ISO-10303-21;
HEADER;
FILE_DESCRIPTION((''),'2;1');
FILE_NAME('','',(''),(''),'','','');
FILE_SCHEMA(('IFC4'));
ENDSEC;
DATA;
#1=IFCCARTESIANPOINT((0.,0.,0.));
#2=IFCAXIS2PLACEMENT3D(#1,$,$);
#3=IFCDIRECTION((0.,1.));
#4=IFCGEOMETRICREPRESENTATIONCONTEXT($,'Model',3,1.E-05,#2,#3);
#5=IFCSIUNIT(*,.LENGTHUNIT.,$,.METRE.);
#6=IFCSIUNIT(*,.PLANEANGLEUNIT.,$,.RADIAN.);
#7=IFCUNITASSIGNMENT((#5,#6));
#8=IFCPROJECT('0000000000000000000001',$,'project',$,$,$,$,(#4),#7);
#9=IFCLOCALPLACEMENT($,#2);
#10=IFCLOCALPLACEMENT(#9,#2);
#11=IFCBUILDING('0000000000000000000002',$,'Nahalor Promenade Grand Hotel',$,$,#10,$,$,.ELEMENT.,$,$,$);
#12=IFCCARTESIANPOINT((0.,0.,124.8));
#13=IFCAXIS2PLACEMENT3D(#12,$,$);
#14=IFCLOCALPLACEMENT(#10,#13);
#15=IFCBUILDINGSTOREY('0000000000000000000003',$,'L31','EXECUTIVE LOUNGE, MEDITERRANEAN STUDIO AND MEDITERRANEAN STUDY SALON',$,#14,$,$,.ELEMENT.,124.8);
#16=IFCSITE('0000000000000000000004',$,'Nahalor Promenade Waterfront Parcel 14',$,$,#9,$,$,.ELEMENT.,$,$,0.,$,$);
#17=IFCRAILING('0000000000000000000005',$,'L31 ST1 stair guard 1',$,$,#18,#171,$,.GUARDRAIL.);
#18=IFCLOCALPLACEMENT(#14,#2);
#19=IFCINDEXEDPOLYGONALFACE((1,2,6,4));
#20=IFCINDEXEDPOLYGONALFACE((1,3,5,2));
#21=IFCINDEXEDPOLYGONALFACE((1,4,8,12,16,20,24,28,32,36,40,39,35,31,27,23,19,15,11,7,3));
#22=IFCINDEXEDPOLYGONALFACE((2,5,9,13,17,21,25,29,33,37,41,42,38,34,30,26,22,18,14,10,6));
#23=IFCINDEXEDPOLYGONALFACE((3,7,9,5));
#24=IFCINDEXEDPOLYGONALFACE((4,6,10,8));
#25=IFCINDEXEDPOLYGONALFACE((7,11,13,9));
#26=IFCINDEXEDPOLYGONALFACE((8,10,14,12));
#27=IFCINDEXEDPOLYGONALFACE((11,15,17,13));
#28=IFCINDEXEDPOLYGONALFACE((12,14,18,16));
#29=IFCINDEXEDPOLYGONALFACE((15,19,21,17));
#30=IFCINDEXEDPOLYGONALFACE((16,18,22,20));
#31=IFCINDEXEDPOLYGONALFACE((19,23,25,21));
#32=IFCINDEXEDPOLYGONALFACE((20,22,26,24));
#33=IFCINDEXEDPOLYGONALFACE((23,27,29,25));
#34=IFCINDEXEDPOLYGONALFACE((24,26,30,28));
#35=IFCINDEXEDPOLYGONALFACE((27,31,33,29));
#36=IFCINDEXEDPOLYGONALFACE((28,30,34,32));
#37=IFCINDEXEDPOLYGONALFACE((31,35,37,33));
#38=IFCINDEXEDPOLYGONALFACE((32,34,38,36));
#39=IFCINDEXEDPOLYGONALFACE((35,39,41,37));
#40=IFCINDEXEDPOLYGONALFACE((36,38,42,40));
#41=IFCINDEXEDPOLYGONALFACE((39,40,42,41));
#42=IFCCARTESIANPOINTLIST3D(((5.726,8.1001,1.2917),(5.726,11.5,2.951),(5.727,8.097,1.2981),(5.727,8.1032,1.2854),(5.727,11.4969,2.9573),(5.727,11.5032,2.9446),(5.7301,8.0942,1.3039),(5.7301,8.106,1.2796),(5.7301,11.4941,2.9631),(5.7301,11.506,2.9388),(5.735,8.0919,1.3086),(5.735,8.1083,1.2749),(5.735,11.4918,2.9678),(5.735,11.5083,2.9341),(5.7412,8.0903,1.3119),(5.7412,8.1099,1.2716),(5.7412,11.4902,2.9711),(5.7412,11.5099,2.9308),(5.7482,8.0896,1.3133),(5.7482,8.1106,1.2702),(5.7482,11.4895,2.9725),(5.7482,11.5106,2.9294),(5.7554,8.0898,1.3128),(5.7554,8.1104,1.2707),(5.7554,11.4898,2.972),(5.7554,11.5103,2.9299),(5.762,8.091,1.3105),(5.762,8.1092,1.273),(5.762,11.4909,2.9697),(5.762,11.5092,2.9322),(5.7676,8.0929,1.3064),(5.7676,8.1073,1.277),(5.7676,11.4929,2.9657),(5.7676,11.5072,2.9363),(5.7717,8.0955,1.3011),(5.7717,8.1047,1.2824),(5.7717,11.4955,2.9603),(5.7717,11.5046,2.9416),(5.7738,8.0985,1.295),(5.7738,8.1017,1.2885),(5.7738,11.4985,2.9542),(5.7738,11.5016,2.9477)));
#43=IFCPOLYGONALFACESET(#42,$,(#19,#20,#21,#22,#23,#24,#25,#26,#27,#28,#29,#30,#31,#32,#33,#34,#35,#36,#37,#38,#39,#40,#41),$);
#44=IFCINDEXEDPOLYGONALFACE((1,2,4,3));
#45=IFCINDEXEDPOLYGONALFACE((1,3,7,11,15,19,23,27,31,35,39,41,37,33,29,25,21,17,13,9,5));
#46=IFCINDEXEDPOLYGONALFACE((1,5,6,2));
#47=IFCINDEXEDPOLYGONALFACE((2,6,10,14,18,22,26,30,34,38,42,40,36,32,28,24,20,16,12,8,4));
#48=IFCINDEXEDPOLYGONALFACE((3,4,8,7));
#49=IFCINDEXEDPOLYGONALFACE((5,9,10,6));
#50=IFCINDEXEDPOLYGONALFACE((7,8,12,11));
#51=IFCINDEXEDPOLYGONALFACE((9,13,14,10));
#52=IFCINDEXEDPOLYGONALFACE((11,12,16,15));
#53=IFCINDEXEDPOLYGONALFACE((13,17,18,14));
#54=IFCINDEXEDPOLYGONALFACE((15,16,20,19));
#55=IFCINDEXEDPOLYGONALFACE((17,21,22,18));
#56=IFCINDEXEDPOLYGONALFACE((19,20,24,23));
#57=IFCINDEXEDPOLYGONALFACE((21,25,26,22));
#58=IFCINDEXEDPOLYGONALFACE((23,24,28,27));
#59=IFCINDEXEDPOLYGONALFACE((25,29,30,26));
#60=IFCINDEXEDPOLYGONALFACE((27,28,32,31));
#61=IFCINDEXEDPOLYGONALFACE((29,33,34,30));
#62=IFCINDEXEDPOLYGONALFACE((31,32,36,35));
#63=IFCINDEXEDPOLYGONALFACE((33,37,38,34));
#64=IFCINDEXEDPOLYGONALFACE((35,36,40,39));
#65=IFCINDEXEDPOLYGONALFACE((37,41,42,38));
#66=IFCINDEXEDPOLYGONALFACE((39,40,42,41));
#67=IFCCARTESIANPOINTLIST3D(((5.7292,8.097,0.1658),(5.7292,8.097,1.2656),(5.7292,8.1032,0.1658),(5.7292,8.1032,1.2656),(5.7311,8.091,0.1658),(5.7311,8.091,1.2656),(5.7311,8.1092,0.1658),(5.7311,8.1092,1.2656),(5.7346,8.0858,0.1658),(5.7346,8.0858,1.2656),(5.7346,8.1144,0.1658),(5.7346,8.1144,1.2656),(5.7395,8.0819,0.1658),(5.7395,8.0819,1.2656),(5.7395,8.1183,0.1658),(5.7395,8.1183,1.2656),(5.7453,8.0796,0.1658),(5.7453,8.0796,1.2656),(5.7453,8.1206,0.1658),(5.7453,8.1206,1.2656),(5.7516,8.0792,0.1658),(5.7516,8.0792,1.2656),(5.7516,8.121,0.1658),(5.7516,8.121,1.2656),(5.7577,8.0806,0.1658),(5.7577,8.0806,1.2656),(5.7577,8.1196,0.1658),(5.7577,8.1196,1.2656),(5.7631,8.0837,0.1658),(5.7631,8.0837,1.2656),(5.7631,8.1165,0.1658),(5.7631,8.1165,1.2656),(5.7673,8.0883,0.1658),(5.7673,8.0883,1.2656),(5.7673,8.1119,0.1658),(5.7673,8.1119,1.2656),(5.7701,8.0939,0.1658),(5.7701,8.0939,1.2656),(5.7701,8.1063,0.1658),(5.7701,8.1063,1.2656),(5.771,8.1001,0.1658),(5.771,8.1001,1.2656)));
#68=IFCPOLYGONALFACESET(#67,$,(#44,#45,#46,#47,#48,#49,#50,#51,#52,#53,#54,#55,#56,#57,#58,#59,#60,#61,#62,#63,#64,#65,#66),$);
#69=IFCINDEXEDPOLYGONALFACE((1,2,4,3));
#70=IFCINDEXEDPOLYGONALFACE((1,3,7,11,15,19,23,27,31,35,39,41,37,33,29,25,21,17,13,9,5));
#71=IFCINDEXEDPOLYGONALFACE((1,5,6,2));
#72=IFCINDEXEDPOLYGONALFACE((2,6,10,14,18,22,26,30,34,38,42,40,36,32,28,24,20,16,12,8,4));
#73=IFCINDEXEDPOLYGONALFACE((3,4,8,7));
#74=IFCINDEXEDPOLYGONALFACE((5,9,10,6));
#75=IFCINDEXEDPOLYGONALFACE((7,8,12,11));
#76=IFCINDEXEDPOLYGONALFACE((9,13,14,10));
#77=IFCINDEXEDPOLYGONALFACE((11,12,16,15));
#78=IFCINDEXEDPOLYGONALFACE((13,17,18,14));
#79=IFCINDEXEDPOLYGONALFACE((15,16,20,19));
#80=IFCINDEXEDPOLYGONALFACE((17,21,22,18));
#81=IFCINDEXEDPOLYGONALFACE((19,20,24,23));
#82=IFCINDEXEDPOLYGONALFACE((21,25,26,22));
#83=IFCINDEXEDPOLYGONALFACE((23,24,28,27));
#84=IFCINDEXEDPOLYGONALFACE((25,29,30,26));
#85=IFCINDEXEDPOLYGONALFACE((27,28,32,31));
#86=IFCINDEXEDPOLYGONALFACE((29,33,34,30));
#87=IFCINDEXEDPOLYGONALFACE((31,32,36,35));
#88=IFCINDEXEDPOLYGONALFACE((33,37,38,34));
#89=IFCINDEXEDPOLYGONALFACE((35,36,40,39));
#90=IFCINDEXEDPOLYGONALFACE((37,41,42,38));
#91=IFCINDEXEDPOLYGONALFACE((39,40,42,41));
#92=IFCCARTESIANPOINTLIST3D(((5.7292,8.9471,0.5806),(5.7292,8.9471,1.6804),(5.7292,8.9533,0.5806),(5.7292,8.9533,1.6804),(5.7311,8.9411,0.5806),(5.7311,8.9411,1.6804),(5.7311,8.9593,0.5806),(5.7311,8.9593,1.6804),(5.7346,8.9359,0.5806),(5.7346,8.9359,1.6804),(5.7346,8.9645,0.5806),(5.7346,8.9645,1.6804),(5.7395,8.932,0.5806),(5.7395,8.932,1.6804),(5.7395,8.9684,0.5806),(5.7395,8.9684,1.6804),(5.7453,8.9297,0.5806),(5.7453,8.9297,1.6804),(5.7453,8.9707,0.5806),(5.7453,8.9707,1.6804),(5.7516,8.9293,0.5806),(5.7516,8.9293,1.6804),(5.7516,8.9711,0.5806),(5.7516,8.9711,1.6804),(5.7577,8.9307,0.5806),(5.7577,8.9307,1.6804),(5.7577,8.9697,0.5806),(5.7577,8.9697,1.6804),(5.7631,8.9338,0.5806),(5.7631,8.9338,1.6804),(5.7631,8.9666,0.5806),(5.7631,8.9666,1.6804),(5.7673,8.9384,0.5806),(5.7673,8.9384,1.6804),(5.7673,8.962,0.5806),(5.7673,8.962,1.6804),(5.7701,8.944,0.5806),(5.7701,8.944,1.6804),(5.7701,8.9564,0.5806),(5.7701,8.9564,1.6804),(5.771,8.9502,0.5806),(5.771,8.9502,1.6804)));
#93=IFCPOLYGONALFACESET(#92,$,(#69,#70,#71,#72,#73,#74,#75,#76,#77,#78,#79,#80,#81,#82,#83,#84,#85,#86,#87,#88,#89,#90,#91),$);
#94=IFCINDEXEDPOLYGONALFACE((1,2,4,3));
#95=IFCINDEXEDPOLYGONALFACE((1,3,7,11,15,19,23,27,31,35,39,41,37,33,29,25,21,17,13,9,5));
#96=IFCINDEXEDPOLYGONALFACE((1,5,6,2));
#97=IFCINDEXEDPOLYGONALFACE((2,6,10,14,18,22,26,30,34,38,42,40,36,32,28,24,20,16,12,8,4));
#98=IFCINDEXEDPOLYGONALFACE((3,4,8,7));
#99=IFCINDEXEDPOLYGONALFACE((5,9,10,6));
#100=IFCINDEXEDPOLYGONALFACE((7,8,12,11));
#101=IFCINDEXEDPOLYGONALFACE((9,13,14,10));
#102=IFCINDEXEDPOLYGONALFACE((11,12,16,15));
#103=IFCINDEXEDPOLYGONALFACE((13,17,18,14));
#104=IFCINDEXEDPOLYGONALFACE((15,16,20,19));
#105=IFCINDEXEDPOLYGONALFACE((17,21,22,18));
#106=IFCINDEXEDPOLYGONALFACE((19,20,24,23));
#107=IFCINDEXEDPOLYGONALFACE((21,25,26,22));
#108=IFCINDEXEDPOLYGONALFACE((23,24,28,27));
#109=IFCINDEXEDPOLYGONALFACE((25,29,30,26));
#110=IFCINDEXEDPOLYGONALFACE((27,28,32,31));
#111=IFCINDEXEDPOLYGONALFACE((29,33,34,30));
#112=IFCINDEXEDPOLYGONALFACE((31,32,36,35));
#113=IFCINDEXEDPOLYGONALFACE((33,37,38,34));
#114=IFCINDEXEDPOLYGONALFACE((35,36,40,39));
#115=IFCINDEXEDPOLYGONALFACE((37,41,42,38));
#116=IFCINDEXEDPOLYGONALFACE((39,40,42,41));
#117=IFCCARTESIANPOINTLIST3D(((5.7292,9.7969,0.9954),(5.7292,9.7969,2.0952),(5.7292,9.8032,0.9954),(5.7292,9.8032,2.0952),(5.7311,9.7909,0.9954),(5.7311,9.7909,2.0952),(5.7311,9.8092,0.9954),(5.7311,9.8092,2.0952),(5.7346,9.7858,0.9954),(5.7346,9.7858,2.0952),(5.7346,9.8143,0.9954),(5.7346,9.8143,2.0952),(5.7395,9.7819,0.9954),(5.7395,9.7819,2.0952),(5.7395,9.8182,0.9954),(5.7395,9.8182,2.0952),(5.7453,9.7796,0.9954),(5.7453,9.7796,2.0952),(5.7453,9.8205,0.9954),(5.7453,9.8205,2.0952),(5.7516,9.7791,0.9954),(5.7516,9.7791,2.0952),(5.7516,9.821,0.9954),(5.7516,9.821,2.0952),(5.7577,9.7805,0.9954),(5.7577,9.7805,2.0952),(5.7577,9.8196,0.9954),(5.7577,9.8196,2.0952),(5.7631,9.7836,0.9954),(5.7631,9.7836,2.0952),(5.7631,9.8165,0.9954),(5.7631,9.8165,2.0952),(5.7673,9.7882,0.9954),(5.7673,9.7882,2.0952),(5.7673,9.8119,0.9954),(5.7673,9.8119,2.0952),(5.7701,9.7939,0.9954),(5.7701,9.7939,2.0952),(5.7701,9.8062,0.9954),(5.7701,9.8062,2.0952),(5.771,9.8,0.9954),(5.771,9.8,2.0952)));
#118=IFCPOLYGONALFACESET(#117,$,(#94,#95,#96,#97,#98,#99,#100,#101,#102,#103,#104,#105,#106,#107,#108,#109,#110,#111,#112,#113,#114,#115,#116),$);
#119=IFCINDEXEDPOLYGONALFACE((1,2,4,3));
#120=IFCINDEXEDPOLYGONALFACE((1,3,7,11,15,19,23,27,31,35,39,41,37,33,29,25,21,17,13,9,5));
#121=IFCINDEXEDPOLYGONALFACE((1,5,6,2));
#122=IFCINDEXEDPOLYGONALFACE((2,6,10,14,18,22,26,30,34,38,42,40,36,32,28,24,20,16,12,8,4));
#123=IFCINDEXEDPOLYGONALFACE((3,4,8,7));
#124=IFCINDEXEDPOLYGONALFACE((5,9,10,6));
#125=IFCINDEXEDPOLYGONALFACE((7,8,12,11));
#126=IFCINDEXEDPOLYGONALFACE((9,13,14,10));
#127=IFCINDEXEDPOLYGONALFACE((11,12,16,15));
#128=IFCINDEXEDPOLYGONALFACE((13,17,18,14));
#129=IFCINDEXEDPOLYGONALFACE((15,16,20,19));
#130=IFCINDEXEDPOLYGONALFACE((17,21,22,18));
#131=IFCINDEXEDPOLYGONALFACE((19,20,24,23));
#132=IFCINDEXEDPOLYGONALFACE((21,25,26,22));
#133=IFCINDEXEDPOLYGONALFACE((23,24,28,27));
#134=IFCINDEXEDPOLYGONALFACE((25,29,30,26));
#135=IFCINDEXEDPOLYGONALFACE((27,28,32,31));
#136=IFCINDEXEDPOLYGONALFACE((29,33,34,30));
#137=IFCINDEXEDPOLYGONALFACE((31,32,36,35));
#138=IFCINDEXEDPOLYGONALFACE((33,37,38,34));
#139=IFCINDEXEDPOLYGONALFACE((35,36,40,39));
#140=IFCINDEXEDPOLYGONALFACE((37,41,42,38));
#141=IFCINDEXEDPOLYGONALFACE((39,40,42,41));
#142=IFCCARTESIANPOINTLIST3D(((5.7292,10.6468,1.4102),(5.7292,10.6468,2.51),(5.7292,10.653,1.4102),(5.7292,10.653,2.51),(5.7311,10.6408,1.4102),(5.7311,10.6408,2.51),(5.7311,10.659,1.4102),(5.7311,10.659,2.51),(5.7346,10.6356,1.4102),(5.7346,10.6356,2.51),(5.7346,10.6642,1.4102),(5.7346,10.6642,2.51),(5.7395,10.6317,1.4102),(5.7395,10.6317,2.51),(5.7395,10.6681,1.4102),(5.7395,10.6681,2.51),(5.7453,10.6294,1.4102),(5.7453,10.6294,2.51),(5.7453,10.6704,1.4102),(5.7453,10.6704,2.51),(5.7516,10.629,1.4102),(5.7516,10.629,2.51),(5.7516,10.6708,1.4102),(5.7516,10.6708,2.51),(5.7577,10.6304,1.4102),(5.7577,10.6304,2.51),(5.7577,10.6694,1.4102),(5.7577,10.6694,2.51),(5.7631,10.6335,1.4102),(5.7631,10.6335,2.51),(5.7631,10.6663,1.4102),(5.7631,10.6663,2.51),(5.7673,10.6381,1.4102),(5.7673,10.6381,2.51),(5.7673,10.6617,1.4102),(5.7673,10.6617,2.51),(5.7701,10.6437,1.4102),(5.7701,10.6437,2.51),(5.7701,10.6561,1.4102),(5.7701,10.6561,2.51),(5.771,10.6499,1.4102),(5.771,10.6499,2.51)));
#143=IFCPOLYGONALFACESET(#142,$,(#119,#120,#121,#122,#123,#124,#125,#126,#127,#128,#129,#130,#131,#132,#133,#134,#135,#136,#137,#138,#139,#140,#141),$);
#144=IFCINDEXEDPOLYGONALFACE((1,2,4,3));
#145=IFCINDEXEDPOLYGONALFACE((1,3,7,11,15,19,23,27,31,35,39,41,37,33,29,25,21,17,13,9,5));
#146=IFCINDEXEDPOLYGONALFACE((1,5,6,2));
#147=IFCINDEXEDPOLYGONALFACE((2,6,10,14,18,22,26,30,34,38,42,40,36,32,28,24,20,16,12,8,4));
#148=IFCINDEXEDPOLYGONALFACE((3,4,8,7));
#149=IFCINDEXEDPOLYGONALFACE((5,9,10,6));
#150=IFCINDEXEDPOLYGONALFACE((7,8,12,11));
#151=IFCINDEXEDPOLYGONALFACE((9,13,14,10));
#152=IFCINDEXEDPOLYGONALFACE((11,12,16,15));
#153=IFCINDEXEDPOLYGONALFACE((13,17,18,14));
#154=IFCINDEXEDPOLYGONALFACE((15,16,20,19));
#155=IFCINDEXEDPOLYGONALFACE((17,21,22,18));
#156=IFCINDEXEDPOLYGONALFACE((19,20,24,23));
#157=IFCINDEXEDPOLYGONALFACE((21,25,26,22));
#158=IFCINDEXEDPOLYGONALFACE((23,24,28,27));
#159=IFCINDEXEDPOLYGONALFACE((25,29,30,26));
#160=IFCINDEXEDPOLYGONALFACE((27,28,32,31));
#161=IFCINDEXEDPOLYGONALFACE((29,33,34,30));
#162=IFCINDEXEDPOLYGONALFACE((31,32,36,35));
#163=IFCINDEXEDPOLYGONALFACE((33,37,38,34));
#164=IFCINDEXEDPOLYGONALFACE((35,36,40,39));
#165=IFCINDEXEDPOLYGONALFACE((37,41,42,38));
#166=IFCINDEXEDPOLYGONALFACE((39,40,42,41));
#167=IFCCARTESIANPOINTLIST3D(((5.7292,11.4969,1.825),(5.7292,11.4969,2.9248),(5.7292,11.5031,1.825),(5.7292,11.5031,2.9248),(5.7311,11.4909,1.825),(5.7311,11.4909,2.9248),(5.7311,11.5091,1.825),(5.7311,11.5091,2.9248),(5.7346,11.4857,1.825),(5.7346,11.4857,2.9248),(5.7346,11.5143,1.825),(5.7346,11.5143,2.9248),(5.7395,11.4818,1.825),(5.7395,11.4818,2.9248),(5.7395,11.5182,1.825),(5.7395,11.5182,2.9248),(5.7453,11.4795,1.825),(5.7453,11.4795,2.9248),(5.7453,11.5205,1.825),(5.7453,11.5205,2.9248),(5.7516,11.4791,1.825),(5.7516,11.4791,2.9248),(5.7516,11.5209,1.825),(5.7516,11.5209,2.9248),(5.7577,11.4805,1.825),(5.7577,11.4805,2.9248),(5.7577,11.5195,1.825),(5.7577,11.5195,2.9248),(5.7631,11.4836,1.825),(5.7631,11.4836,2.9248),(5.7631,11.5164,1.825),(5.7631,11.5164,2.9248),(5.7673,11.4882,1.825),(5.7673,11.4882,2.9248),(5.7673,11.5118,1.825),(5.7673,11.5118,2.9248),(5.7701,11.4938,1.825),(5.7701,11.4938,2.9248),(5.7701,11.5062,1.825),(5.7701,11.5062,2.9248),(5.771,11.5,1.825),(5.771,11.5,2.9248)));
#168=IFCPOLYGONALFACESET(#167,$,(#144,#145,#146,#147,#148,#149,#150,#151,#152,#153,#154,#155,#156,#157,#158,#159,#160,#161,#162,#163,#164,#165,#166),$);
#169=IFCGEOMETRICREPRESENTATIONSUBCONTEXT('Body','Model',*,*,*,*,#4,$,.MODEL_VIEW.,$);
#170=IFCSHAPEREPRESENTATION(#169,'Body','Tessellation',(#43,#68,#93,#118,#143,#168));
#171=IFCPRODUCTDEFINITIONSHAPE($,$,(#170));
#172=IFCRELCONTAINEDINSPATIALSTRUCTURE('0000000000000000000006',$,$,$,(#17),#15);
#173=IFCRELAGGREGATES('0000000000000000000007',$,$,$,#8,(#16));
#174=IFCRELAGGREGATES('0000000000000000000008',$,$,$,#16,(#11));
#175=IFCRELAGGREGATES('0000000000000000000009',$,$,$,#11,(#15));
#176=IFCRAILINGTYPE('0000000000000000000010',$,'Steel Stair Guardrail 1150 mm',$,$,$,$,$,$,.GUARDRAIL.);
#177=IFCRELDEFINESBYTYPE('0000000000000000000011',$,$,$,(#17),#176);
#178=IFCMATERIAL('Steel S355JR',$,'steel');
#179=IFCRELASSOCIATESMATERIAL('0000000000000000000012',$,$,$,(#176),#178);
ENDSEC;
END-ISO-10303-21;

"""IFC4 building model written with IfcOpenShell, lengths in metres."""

from ifc_helpers import new_model, si_unit, direction, frame, origin, origin_2d, place, context, subcontext, project, spatial, circle, extrude, material, type_object, element, save


model = new_model("IFC4")

# Units and contexts
model_context = context("Model", 3, precision=1e-05, world=origin(), true_north=direction((0.0, 1.0)))
body_context = subcontext(model_context, "Body", "Model", "MODEL_VIEW")
ifc_project = project(units=[si_unit("LENGTHUNIT", "METRE"), si_unit("PLANEANGLEUNIT", "RADIAN")], contexts=[model_context])

# Site, building, storey
site_placement = place(None, origin())
site = spatial("IfcSite", under=ifc_project, at=site_placement, Name="Nahalor Promenade Waterfront Parcel 14", CompositionType="ELEMENT", RefElevation=0.0)
building_placement = place(site_placement, origin())
building = spatial("IfcBuilding", under=site, at=building_placement, Name="Nahalor Promenade Grand Hotel", CompositionType="ELEMENT")
storey_placement = place(building_placement, frame((0.0, 0.0, 124.8)))
storey = spatial("IfcBuildingStorey", under=building, at=storey_placement, Name="L31", Description="EXECUTIVE LOUNGE, MEDITERRANEAN STUDIO AND MEDITERRANEAN STUDY SALON", CompositionType="ELEMENT", Elevation=124.8)

# Shared definitions
ifc_material_1 = material(Name="Steel S355JR", Category="steel")

# Railing
railing_type_1 = type_object("IfcRailingType", Name="Steel Stair Guardrail 1150 mm", PredefinedType="GUARDRAIL", material=ifc_material_1)
railing_1_placement = place(storey_placement, frame((5.75, 8.1001, 0.1658)))
element("IfcRailing", 1, at=railing_1_placement, inside=storey, type_object=railing_type_1, Name="L31 ST1 stair guard 1", PredefinedType="GUARDRAIL", context=body_context, shape_type="SweptSolid", body=[
    extrude(circle(Radius=0.024, at=origin_2d()), frame((0.0, 0.0, 1.126), z_axis=(0.0, 0.898696, 0.438571), x_axis=(-1.0, 0.0, 0.0)), (0.0, 0.0, 1.0), 3.7832),
    extrude(circle(Radius=0.021, at=origin_2d()), origin(), (0.0, 0.0, 1.0), 1.0999),
    extrude(circle(Radius=0.021, at=origin_2d()), frame((0.0, 0.8501, 0.4148)), (0.0, 0.0, 1.0), 1.0999),
    extrude(circle(Radius=0.021, at=origin_2d()), frame((0.0, 1.7, 0.8296)), (0.0, 0.0, 1.0), 1.0999),
    extrude(circle(Radius=0.021, at=origin_2d()), frame((0.0, 2.5498, 1.2444)), (0.0, 0.0, 1.0), 1.0999),
    extrude(circle(Radius=0.021, at=origin_2d()), frame((0.0, 3.3999, 1.6592)), (0.0, 0.0, 1.0), 1.0999),
])

save(model, "model.ifc")
